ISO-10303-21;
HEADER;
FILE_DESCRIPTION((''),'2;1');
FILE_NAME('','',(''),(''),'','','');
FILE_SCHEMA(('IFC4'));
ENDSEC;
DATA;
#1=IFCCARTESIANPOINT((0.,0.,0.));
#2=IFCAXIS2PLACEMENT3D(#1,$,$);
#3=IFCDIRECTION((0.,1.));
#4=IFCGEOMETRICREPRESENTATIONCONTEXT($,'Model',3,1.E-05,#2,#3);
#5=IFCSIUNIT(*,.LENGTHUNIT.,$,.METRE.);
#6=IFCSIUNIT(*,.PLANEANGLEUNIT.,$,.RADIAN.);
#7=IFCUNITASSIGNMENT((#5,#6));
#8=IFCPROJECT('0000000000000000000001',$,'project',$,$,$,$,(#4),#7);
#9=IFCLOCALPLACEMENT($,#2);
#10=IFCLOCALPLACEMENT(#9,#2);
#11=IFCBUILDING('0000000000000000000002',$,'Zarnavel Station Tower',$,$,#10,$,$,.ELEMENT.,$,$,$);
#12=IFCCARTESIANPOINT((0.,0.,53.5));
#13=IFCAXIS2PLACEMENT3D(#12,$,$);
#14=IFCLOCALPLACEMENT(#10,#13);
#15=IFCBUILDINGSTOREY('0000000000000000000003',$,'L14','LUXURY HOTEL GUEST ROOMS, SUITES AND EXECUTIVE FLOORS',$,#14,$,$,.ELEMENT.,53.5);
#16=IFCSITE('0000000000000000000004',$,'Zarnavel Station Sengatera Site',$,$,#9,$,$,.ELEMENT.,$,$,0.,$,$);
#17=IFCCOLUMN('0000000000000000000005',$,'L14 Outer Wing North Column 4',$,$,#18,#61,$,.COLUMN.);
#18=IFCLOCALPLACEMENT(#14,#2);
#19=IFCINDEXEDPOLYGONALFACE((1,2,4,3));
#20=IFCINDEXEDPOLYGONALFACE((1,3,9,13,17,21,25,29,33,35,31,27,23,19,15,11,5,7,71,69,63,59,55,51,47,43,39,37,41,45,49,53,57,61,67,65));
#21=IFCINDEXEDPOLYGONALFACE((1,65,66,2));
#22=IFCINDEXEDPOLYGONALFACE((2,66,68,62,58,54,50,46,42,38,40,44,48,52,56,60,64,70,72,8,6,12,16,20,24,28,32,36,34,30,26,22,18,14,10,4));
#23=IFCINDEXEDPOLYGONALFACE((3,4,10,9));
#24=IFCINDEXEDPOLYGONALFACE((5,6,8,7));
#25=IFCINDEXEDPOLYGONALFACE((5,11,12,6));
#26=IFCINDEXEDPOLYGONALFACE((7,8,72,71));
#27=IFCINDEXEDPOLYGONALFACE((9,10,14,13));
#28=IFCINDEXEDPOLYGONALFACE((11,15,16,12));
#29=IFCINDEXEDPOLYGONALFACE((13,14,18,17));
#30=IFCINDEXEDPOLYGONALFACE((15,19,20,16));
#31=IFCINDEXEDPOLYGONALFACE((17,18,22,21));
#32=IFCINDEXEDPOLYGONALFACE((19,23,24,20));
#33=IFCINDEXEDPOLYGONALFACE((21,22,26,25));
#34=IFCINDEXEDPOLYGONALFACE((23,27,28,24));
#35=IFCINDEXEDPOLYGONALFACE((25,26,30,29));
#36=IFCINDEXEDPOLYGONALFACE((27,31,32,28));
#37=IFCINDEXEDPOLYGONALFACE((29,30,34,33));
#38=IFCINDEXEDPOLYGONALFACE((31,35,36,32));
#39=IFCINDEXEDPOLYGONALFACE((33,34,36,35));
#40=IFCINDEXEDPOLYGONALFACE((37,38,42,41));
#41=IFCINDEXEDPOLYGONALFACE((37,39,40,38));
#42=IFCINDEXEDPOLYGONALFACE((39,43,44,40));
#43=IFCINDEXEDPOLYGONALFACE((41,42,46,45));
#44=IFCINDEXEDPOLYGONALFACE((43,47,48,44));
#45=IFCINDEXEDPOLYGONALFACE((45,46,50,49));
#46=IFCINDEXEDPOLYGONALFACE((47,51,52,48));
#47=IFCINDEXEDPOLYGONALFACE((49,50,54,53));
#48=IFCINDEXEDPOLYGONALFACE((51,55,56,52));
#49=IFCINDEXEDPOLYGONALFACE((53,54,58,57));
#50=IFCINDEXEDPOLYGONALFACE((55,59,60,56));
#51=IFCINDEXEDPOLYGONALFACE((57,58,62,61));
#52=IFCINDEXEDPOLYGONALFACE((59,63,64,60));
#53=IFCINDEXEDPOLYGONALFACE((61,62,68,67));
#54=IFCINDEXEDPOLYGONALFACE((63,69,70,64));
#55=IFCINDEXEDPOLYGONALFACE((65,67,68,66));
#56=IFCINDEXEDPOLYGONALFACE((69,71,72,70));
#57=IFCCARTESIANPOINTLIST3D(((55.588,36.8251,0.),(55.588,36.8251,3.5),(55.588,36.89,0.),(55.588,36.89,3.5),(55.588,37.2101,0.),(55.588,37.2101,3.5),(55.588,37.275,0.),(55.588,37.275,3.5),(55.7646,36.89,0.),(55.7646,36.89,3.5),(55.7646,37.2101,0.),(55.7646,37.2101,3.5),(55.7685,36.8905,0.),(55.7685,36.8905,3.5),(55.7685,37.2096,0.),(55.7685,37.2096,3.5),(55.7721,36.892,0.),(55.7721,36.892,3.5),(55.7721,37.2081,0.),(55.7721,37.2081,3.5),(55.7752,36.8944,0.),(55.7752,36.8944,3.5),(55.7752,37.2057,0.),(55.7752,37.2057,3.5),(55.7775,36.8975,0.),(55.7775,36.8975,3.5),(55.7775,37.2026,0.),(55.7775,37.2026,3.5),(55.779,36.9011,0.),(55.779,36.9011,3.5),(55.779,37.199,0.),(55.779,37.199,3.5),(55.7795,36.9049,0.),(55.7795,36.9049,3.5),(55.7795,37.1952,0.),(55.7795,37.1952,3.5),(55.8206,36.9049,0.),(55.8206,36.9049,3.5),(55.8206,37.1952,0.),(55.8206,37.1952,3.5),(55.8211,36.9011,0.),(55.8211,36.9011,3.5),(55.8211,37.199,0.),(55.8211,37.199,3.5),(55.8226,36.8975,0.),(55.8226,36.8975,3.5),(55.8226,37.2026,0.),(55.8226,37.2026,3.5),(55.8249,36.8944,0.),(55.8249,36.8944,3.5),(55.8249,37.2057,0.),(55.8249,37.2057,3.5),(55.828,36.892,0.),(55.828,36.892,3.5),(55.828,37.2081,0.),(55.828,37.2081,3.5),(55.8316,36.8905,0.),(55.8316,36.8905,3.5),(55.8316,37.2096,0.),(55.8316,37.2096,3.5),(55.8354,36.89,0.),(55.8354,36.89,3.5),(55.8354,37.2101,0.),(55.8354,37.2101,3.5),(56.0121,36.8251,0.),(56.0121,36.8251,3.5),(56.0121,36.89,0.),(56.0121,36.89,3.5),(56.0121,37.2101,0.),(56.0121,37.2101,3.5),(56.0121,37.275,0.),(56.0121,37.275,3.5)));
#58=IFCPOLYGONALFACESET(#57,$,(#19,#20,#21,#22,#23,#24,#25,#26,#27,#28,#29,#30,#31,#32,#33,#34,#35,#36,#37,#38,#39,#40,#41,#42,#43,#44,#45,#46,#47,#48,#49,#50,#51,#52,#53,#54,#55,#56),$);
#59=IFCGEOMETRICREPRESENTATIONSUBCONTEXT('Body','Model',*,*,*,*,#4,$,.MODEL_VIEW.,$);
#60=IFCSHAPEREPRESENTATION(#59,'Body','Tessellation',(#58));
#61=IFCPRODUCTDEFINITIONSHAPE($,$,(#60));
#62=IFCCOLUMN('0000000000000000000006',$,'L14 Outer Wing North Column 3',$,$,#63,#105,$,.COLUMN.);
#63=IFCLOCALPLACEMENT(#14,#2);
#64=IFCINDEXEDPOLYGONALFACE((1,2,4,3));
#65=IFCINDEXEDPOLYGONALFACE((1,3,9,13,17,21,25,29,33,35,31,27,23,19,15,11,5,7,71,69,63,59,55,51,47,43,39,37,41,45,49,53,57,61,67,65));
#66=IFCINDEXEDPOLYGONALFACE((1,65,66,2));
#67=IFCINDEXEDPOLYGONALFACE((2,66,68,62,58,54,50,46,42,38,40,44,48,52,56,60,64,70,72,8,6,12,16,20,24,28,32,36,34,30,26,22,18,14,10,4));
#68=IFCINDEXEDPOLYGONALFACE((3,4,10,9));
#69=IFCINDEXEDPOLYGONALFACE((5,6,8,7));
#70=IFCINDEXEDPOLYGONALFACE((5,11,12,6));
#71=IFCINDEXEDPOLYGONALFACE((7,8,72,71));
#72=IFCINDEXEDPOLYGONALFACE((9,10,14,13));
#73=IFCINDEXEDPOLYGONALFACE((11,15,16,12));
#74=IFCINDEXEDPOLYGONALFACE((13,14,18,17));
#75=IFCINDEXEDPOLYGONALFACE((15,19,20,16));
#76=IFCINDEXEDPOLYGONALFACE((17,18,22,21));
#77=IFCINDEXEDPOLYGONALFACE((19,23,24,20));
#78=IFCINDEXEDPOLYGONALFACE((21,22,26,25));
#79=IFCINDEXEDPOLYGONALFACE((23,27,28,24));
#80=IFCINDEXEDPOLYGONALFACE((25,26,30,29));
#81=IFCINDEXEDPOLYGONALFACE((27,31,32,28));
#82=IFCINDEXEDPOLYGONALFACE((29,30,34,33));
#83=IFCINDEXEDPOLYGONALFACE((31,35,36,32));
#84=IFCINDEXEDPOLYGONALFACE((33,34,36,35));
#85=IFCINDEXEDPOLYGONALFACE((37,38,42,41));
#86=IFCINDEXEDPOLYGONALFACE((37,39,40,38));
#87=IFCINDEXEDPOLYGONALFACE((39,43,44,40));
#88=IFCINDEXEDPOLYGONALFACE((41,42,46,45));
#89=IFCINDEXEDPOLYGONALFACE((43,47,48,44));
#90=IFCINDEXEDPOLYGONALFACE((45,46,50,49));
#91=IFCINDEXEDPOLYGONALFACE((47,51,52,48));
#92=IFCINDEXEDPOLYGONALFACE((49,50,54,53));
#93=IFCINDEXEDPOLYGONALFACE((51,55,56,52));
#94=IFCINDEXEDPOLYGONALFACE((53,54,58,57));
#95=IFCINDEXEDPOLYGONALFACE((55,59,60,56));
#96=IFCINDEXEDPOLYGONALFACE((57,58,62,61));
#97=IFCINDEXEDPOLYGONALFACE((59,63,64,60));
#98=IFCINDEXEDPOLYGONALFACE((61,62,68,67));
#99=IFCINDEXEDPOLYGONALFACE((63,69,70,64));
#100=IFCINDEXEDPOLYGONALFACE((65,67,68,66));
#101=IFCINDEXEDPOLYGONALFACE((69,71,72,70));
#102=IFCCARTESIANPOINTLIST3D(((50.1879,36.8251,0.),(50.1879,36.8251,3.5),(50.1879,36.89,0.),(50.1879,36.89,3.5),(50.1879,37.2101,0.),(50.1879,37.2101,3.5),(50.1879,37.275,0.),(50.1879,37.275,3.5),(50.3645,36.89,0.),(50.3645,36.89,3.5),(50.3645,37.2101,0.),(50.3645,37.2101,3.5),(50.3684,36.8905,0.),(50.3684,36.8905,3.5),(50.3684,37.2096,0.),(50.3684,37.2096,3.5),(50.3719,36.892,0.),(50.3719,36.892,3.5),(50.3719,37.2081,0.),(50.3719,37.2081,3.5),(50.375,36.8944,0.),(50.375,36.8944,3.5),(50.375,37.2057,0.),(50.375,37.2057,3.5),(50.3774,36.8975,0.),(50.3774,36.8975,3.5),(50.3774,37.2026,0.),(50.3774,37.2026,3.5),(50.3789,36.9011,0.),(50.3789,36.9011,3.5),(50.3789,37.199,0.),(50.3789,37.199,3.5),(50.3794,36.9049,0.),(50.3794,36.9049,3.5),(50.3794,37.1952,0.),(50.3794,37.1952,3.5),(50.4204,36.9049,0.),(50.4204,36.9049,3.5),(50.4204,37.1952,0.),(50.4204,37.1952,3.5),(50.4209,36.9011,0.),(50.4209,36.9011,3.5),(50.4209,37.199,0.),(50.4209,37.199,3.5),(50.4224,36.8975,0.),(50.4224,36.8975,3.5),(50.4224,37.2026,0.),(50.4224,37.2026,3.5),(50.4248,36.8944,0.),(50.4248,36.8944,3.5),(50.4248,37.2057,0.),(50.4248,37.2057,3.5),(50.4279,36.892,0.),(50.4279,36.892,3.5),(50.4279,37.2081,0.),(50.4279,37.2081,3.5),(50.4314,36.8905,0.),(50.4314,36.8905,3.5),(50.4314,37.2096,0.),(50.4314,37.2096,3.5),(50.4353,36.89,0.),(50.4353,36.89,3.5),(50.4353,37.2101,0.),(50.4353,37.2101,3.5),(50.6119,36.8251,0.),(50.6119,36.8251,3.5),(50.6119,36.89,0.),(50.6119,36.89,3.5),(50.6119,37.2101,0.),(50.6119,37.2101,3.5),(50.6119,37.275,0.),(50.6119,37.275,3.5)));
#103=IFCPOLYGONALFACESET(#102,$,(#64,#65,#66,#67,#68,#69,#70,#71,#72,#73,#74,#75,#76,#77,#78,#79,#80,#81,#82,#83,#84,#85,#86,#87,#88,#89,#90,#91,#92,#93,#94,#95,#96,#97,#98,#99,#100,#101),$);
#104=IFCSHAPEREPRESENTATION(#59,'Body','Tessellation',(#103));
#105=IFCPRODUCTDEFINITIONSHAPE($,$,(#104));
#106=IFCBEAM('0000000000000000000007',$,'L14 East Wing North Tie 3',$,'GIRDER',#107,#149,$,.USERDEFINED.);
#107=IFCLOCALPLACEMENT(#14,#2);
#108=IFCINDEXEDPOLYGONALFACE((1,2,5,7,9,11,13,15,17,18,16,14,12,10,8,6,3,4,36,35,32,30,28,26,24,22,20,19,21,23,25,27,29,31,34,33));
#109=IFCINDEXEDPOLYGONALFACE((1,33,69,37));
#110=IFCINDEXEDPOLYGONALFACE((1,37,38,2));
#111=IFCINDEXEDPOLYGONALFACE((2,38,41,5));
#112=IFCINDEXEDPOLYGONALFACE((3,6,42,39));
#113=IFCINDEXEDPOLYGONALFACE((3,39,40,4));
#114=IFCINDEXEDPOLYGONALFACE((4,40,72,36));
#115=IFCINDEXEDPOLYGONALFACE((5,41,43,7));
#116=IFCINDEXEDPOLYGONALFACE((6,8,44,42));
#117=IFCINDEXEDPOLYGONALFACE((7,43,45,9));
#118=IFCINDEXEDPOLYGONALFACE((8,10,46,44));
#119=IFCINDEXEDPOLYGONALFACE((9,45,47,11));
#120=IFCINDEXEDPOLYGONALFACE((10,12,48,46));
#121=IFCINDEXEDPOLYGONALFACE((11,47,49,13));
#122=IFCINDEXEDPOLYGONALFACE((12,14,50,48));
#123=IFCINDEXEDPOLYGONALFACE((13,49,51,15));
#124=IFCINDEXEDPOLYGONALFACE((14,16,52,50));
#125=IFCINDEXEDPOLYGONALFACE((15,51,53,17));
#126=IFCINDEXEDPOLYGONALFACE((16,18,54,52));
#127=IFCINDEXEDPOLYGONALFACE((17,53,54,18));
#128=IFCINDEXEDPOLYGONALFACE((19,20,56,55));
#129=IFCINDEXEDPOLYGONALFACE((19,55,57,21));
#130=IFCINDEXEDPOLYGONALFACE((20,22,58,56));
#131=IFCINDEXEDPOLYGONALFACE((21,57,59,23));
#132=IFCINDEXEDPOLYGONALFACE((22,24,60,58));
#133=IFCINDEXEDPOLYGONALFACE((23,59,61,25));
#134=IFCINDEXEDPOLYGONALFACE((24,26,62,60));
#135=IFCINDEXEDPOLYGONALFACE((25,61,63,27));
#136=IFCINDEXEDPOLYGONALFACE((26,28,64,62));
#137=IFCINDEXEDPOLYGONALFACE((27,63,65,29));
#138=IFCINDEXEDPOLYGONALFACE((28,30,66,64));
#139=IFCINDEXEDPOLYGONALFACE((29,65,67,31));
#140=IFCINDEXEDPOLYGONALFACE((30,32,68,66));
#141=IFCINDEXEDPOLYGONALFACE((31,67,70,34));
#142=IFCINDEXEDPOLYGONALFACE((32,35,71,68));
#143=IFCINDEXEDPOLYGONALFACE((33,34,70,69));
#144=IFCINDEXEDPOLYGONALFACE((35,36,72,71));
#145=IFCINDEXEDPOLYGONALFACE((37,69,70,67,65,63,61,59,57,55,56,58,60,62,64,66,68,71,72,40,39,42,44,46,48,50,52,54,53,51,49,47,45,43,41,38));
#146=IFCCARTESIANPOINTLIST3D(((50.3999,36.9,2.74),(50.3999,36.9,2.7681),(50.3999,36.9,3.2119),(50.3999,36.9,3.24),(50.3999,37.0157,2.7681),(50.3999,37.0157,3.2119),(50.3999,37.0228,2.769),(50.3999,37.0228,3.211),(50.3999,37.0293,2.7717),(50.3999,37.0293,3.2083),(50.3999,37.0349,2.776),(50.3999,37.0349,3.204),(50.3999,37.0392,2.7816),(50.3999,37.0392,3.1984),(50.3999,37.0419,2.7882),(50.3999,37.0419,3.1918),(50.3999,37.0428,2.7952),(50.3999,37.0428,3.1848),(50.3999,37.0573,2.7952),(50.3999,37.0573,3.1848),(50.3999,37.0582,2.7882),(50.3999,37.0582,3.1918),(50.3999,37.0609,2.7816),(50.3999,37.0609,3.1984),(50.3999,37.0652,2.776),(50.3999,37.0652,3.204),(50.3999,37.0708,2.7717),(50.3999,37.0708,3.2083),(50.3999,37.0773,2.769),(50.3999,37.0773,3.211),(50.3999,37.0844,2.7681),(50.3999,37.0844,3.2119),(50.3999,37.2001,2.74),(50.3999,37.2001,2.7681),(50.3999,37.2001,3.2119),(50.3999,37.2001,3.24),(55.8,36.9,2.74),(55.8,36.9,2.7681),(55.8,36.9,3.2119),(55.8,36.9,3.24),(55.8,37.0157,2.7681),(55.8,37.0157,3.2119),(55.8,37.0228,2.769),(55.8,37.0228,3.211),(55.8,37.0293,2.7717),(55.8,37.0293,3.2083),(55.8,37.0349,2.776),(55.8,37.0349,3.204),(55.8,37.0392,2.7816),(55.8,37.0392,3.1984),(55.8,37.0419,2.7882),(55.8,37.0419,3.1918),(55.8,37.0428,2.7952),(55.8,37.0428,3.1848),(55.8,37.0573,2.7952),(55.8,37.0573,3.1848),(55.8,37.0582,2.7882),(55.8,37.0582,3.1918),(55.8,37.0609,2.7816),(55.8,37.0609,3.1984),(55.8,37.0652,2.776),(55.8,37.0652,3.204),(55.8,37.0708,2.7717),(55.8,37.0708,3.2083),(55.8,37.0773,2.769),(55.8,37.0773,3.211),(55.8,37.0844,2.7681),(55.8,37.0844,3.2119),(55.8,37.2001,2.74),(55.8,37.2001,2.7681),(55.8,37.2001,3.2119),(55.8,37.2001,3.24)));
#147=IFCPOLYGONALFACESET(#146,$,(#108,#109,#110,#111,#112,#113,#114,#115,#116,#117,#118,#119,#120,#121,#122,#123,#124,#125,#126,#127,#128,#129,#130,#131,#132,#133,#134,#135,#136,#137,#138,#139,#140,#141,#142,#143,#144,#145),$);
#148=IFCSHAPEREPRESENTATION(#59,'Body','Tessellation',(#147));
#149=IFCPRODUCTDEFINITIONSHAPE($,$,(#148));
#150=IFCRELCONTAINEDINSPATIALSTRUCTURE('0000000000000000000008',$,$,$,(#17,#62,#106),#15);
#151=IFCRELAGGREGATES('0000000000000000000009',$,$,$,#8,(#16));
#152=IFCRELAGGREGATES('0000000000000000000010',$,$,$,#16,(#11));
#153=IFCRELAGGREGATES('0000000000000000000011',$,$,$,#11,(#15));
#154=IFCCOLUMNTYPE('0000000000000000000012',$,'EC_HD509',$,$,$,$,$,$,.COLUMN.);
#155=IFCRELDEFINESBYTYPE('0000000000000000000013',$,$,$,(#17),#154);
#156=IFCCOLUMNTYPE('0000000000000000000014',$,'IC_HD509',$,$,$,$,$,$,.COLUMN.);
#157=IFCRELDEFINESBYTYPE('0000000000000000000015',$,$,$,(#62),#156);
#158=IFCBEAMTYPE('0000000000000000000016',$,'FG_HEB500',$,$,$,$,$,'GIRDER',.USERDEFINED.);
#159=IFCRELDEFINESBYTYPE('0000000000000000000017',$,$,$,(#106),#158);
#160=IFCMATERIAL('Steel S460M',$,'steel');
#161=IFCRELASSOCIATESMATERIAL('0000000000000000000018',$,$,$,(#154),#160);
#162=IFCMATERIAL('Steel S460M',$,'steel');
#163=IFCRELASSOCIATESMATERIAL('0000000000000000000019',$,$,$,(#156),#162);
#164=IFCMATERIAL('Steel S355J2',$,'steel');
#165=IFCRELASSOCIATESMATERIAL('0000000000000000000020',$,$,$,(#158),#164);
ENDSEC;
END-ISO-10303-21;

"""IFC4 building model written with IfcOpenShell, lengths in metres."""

from ifc_helpers import new_model, si_unit, direction, frame, origin, origin_2d, place, context, subcontext, project, spatial, i_section, extrude, material, material_profile, profile_set, type_object, element, save


model = new_model("IFC4")

# Units and contexts
model_context = context("Model", 3, precision=1e-05, world=origin(), true_north=direction((0.0, 1.0)))
body_context = subcontext(model_context, "Body", "Model", "MODEL_VIEW")
ifc_project = project(units=[si_unit("LENGTHUNIT", "METRE"), si_unit("PLANEANGLEUNIT", "RADIAN")], contexts=[model_context])

# Site, building, storey
site_placement = place(None, origin())
site = spatial("IfcSite", under=ifc_project, at=site_placement, Name="Zarnavel Station Sengatera Site", CompositionType="ELEMENT", RefElevation=0.0)
building_placement = place(site_placement, origin())
building = spatial("IfcBuilding", under=site, at=building_placement, Name="Zarnavel Station Tower", CompositionType="ELEMENT")
storey_placement = place(building_placement, frame((0.0, 0.0, 53.5)))
storey = spatial("IfcBuildingStorey", under=building, at=storey_placement, Name="L14", Description="LUXURY HOTEL GUEST ROOMS, SUITES AND EXECUTIVE FLOORS", CompositionType="ELEMENT", Elevation=53.5)

# Columns
ifc_material_1 = material(Name="Steel S460M", Category="steel")
ifc_material_profile_1 = material_profile(ifc_material_1, i_section(OverallWidth=0.4241, OverallDepth=0.45, WebThickness=0.041, FlangeThickness=0.0649, FilletRadius=0.0149, at=origin_2d()), Name="HD400x509")
ifc_profile_set_1 = profile_set([ifc_material_profile_1], Name="Steel S460M")
column_type_1 = type_object("IfcColumnType", Name="EC_HD509", PredefinedType="COLUMN", material=ifc_profile_set_1)
column_1_placement = place(storey_placement, frame((55.8, 37.05, 0.0), z_axis=(0.0, 0.0, 1.0), x_axis=(1.0, 0.0, 0.0)))
element("IfcColumn", 1, at=column_1_placement, inside=storey, type_object=column_type_1, Name="L14 Outer Wing North Column 4", PredefinedType="COLUMN", context=body_context, shape_type="SweptSolid", body=[
    extrude(i_section(OverallWidth=0.4241, OverallDepth=0.45, WebThickness=0.041, FlangeThickness=0.0649, FilletRadius=0.0149, at=origin_2d()), origin(), (0.0, 0.0, 1.0), 3.5),
])
ifc_material_2 = material(Name="Steel S460M", Category="steel")
ifc_material_profile_2 = material_profile(ifc_material_2, i_section(OverallWidth=0.4241, OverallDepth=0.45, WebThickness=0.041, FlangeThickness=0.0649, FilletRadius=0.0149, at=origin_2d()), Name="HD400x509")
ifc_profile_set_2 = profile_set([ifc_material_profile_2], Name="Steel S460M")
column_type_2 = type_object("IfcColumnType", Name="IC_HD509", PredefinedType="COLUMN", material=ifc_profile_set_2)
column_2_placement = place(storey_placement, frame((50.3999, 37.05, 0.0), z_axis=(0.0, 0.0, 1.0), x_axis=(1.0, 0.0, 0.0)))
element("IfcColumn", 2, at=column_2_placement, inside=storey, type_object=column_type_2, Name="L14 Outer Wing North Column 3", PredefinedType="COLUMN", context=body_context, shape_type="SweptSolid", body=[
    extrude(i_section(OverallWidth=0.4241, OverallDepth=0.45, WebThickness=0.041, FlangeThickness=0.0649, FilletRadius=0.0149, at=origin_2d()), origin(), (0.0, 0.0, 1.0), 3.5),
])

# Beam
ifc_material_3 = material(Name="Steel S355J2", Category="steel")
ifc_material_profile_3 = material_profile(ifc_material_3, i_section(OverallWidth=0.3, OverallDepth=0.5, WebThickness=0.0144, FlangeThickness=0.0281, FilletRadius=0.0271, at=origin_2d()), Name="HEB500")
ifc_profile_set_3 = profile_set([ifc_material_profile_3], Name="Steel S355J2")
beam_type = type_object("IfcBeamType", Name="FG_HEB500", ElementType="GIRDER", PredefinedType="USERDEFINED", material=ifc_profile_set_3)
beam_placement = place(storey_placement, frame((50.3999, 37.05, 2.99), z_axis=(1.0, 0.0, 0.0), x_axis=(0.0, 1.0, 0.0)))
element("IfcBeam", 3, at=beam_placement, inside=storey, type_object=beam_type, Name="L14 East Wing North Tie 3", ObjectType="GIRDER", PredefinedType="USERDEFINED", context=body_context, shape_type="SweptSolid", body=[
    extrude(i_section(OverallWidth=0.3, OverallDepth=0.5, WebThickness=0.0144, FlangeThickness=0.0281, FilletRadius=0.0271, at=origin_2d()), origin(), (0.0, 0.0, 1.0), 5.4001),
])

save(model, "model.ifc")
